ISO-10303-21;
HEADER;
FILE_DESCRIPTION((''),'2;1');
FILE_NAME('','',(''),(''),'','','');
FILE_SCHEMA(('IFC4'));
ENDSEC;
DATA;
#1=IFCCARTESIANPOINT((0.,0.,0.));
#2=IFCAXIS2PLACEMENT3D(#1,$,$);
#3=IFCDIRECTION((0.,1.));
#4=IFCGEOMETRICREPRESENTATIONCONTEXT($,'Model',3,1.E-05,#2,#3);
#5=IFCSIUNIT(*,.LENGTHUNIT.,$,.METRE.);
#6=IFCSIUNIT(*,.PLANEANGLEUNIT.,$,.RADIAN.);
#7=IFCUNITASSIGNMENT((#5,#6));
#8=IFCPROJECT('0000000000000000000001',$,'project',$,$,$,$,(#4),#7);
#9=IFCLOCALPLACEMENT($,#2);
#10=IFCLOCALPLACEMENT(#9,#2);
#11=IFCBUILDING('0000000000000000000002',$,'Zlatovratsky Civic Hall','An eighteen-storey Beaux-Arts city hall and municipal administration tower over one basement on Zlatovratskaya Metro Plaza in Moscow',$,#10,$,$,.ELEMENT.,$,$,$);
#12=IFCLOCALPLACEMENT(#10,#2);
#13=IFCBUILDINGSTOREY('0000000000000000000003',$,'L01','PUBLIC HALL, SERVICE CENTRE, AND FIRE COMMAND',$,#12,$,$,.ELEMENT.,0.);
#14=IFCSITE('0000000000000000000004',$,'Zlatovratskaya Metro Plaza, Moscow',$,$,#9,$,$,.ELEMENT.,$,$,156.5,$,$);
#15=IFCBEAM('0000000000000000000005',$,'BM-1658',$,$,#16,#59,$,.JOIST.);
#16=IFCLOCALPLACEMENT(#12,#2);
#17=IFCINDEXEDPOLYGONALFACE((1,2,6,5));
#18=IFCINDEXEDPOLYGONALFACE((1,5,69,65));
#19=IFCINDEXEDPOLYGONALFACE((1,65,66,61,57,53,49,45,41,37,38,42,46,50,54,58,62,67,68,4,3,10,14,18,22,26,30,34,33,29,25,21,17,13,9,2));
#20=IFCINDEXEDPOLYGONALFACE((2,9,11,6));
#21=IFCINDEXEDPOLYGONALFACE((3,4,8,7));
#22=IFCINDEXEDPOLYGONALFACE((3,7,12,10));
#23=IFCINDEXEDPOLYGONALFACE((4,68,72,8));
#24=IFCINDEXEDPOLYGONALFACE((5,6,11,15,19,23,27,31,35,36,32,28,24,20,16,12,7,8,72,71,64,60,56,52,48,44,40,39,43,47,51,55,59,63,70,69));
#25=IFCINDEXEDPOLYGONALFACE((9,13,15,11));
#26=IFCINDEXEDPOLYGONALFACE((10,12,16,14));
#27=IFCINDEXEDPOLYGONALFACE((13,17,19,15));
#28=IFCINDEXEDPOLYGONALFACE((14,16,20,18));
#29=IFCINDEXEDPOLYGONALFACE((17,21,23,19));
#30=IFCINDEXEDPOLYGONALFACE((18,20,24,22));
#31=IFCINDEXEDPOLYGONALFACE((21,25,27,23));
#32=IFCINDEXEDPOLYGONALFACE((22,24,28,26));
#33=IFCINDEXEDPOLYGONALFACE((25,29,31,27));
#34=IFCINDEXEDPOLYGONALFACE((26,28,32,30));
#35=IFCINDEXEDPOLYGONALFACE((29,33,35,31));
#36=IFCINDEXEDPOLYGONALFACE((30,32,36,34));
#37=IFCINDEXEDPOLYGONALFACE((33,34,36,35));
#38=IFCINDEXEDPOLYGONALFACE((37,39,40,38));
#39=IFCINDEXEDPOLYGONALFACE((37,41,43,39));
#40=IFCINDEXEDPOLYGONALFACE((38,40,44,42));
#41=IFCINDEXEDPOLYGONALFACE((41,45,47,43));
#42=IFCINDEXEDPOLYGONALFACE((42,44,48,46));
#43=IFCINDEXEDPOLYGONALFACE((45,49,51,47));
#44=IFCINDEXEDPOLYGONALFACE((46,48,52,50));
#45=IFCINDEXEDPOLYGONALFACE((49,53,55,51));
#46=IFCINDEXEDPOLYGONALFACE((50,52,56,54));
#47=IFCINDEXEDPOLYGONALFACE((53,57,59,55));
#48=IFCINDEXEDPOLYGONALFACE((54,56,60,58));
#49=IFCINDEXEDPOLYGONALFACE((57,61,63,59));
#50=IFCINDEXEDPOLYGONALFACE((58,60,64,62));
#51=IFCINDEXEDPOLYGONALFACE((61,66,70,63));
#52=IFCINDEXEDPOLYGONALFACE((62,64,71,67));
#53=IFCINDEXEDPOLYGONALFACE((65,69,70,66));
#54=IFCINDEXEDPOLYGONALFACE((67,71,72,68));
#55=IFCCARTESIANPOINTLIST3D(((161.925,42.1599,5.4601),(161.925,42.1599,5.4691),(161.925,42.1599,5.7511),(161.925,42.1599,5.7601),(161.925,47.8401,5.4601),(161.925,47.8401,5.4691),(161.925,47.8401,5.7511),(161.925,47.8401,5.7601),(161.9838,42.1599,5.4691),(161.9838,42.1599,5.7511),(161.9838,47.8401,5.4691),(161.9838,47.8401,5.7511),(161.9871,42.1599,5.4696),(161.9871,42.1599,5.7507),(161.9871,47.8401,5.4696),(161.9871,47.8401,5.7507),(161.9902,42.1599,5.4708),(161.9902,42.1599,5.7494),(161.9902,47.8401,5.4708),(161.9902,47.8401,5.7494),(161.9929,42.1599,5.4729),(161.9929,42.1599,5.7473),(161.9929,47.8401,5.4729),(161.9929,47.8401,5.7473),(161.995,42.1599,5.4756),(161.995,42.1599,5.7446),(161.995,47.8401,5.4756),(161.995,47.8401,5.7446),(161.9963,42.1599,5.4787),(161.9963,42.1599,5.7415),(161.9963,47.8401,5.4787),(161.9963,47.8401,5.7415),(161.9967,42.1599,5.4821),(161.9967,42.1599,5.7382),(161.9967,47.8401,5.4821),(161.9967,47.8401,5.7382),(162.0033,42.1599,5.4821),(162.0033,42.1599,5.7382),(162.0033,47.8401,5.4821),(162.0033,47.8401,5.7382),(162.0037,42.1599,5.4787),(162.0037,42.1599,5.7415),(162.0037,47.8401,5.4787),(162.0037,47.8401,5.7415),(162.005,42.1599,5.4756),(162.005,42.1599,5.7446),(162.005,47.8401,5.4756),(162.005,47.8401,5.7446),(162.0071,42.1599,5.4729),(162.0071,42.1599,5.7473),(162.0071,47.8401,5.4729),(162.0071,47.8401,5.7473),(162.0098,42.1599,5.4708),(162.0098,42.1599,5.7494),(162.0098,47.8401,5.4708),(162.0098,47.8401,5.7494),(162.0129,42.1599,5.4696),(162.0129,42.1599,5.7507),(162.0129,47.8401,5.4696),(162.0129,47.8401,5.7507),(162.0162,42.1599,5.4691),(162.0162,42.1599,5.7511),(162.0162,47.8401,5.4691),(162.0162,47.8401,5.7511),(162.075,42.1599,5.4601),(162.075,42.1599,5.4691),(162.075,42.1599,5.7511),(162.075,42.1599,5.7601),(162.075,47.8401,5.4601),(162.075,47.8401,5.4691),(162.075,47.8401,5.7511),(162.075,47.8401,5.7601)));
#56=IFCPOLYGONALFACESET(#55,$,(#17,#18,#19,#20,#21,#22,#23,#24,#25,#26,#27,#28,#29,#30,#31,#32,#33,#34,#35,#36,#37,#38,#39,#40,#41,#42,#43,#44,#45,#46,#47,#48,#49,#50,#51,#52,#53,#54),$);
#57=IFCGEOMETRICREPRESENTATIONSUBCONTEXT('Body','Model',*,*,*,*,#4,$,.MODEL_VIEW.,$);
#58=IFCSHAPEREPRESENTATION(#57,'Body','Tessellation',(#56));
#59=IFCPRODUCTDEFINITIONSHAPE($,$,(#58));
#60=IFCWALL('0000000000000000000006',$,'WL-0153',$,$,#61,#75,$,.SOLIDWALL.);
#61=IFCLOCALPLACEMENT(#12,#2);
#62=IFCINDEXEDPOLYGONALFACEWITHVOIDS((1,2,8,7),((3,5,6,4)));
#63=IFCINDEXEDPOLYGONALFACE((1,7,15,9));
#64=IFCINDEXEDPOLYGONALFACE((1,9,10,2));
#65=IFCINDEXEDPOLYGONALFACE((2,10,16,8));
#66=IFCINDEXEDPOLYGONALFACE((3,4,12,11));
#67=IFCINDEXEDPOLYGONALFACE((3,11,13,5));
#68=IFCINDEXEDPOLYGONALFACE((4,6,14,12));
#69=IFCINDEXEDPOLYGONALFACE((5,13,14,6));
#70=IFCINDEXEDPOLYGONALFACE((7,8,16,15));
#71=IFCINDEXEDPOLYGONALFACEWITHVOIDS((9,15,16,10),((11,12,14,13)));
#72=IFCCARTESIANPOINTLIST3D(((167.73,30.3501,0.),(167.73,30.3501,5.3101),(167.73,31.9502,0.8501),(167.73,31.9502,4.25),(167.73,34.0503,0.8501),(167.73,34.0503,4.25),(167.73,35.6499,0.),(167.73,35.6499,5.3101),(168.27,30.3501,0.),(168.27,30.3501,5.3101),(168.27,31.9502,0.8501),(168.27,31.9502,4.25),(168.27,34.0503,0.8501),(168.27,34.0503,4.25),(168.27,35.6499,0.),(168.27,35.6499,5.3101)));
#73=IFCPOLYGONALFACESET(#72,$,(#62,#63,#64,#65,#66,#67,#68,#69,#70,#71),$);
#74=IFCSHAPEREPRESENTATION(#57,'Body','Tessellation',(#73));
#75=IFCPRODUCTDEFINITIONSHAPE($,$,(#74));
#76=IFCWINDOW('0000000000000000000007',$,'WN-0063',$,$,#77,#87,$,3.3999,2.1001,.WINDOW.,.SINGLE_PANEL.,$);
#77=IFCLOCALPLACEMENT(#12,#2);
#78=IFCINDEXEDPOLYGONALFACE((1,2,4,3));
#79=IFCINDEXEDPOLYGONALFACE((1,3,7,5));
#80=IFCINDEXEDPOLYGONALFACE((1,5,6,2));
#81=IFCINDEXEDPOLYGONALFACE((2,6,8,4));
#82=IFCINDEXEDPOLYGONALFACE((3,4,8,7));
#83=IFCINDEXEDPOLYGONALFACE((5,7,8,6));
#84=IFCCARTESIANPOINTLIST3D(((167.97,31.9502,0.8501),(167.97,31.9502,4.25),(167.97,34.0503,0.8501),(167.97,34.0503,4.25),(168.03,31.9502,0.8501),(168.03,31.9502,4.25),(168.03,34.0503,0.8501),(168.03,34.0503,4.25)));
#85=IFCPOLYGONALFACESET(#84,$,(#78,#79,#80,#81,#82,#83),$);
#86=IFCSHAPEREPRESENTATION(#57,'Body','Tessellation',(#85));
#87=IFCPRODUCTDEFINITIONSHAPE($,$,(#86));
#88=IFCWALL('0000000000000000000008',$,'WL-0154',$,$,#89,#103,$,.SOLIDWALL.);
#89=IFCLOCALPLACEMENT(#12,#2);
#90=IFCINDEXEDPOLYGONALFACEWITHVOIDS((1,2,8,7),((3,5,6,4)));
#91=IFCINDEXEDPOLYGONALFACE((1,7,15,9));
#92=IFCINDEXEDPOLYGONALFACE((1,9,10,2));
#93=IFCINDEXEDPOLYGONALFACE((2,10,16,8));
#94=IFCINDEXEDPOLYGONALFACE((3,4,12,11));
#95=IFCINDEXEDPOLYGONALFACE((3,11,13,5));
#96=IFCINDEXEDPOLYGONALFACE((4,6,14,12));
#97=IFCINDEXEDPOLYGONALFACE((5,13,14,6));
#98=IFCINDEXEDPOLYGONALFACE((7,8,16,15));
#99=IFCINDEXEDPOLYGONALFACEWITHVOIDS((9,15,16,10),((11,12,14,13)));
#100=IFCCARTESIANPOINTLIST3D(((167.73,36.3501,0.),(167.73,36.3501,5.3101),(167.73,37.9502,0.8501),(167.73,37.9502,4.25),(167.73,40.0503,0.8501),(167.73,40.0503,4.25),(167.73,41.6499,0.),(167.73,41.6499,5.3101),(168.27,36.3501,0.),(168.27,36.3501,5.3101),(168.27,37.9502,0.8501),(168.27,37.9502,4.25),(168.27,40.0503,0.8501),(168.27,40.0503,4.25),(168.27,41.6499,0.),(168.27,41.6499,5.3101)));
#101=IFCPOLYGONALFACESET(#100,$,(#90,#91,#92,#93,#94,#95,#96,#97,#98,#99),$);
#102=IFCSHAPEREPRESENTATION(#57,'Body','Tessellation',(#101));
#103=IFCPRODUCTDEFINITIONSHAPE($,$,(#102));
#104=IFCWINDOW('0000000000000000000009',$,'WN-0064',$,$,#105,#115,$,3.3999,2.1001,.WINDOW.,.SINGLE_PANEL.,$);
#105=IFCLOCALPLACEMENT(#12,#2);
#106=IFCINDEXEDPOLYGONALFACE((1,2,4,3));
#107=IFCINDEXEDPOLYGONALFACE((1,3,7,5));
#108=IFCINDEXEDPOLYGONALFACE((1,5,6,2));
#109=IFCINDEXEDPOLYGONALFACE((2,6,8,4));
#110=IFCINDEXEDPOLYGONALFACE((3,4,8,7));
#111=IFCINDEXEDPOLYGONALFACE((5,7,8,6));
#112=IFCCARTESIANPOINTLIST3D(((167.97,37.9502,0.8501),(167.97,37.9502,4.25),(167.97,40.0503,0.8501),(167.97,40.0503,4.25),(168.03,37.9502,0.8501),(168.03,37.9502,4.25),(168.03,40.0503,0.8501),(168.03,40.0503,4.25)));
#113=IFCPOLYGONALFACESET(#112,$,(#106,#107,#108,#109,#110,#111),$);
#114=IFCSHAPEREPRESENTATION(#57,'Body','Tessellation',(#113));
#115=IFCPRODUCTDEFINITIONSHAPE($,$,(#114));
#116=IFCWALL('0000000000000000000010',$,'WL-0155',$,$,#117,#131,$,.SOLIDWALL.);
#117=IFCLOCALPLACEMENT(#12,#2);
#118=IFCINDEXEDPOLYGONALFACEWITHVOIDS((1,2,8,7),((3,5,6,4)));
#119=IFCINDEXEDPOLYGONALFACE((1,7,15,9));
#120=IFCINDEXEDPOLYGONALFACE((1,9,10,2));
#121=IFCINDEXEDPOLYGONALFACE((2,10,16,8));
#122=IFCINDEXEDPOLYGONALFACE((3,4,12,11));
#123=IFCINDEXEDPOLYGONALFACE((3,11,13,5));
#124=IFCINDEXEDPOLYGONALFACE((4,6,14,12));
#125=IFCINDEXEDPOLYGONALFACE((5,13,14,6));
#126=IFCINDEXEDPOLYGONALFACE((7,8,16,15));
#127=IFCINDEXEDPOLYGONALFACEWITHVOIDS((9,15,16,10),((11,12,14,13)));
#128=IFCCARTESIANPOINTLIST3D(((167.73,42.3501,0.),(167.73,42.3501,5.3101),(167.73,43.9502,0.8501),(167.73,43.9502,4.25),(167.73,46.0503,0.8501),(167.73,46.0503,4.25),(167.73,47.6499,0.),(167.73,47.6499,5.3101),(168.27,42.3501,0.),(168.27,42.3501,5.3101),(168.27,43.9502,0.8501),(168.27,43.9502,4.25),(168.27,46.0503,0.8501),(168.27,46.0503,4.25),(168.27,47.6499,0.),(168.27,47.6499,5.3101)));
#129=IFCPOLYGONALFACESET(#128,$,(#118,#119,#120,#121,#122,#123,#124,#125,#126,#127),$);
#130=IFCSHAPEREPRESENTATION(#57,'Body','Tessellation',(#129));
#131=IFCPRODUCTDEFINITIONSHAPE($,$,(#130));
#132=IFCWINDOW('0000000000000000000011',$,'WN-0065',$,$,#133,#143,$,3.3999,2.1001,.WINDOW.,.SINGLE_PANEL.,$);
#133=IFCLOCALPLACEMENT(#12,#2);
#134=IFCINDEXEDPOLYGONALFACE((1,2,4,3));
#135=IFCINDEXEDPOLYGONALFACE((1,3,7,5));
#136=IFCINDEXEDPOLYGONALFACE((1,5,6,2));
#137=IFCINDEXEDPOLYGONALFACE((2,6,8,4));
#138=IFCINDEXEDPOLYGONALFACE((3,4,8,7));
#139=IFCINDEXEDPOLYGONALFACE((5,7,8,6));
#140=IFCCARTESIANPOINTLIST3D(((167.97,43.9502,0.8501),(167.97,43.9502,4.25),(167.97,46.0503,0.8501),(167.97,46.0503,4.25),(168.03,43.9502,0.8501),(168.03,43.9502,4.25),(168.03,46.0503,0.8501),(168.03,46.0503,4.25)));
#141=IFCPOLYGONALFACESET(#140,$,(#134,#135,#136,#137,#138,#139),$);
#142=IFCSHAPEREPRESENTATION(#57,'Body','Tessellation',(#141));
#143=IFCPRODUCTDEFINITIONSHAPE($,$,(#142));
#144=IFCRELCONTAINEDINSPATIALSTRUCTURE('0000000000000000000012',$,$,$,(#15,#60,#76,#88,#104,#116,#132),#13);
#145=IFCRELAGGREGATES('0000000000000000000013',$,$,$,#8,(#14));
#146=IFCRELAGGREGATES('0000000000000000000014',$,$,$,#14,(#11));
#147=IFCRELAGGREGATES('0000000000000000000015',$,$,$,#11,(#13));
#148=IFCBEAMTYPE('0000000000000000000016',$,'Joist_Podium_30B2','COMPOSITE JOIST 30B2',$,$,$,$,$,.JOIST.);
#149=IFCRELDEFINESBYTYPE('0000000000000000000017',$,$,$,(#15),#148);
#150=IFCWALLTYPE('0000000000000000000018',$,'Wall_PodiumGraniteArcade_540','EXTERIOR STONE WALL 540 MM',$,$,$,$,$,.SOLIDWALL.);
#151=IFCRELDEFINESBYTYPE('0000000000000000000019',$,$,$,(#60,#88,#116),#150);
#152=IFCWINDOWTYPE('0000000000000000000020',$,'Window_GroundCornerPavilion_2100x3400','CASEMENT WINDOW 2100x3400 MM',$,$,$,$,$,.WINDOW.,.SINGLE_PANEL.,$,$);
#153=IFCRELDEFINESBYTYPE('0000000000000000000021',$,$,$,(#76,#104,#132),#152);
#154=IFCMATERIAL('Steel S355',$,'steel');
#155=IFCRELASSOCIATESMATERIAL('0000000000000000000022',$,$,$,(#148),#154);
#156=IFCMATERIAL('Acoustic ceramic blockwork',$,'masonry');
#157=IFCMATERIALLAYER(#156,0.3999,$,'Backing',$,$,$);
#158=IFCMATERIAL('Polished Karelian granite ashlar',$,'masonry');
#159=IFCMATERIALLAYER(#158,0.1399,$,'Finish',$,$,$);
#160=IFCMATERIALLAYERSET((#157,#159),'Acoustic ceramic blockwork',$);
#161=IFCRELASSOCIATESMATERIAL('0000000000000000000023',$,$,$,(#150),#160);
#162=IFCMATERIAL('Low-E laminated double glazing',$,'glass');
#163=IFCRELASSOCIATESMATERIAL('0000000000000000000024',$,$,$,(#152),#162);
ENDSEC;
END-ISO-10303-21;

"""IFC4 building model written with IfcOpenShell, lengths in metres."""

from ifc_helpers import new_model, si_unit, direction, frame, frame_2d, origin, origin_2d, place, context, subcontext, project, spatial, rectangle, i_section, extrude, material, layer, layer_set, material_profile, profile_set, type_object, element, fill, save


model = new_model("IFC4")

# Units and contexts
model_context = context("Model", 3, precision=1e-05, world=origin(), true_north=direction((0.0, 1.0)))
body_context = subcontext(model_context, "Body", "Model", "MODEL_VIEW")
ifc_project = project(units=[si_unit("LENGTHUNIT", "METRE"), si_unit("PLANEANGLEUNIT", "RADIAN")], contexts=[model_context])

# Site, building, storey
site_placement = place(None, origin())
site = spatial("IfcSite", under=ifc_project, at=site_placement, Name="Zlatovratskaya Metro Plaza, Moscow", CompositionType="ELEMENT", RefElevation=156.5)
building_placement = place(site_placement, origin())
building = spatial("IfcBuilding", under=site, at=building_placement, Name="Zlatovratsky Civic Hall", Description="An eighteen-storey Beaux-Arts city hall and municipal administration tower over one basement on Zlatovratskaya Metro Plaza in Moscow", CompositionType="ELEMENT")
storey_placement = place(building_placement, origin())
storey = spatial("IfcBuildingStorey", under=building, at=storey_placement, Name="L01", Description="PUBLIC HALL, SERVICE CENTRE, AND FIRE COMMAND", CompositionType="ELEMENT", Elevation=0.0)

# Shared definitions
ifc_material_1 = material(Name="Steel S355", Category="steel")

# Beam
ifc_material_profile_1 = material_profile(ifc_material_1, i_section(OverallWidth=0.1499, OverallDepth=0.3, WebThickness=0.0066, FlangeThickness=0.009, FilletRadius=0.0129, at=origin_2d()), Name="30B2")
ifc_profile_set_1 = profile_set([ifc_material_profile_1], Name="Steel S355")
beam_type_1 = type_object("IfcBeamType", Name="Joist_Podium_30B2", Description="COMPOSITE JOIST 30B2", PredefinedType="JOIST", material=ifc_profile_set_1)
for number, where, z_axis, x_axis, name in (
    (1, (162.0, 42.1599, 5.6101), (0.0, 1.0, 0.0), (-1.0, 0.0, 0.0), "BM-1658"),
):
    element("IfcBeam", number, at=place(storey_placement, frame(where, z_axis=z_axis, x_axis=x_axis)), inside=storey, type_object=beam_type_1, Name=name, PredefinedType="JOIST", context=body_context, shape_type="SweptSolid", body=[
        extrude(i_section(OverallWidth=0.1499, OverallDepth=0.3, WebThickness=0.0066, FlangeThickness=0.009, FilletRadius=0.0129, at=origin_2d()), origin(), (0.0, 0.0, 1.0), 5.6802),
    ])

# Walls, openings, windows
ifc_material_2 = material(Name="Acoustic ceramic blockwork", Category="masonry")
ifc_layer_1 = layer(ifc_material_2, 0.3999, Name="Backing")
ifc_material_3 = material(Name="Polished Karelian granite ashlar", Category="masonry")
ifc_layer_2 = layer(ifc_material_3, 0.1399, Name="Finish")
ifc_layer_set = layer_set([ifc_layer_1, ifc_layer_2], Name="Acoustic ceramic blockwork")
wall_type = type_object("IfcWallType", Name="Wall_PodiumGraniteArcade_540", Description="EXTERIOR STONE WALL 540 MM", PredefinedType="SOLIDWALL", material=ifc_layer_set)
wall_1_placement = place(storey_placement, frame((168.0, 30.3501, 0.0), z_axis=(0.0, 0.0, 1.0), x_axis=(0.0, 1.0, 0.0)))
wall_1 = element("IfcWall", 2, at=wall_1_placement, inside=storey, type_object=wall_type, Name="WL-0153", PredefinedType="SOLIDWALL", context=body_context, shape_type="SweptSolid", body=[
    extrude(rectangle(XDim=5.2998, YDim=0.54, at=frame_2d((2.6499, 0.0))), origin(), (0.0, 0.0, 1.0), 5.3101),
])
opening_1_placement = place(wall_1_placement, frame((1.6001, 0.0, 0.8501)))
opening_1 = element("IfcOpeningElement", 3, at=opening_1_placement, cuts=wall_1, PredefinedType="OPENING", context=body_context, shape_type="SweptSolid", body=[
    extrude(rectangle(XDim=2.1001, YDim=3.3999, at=frame_2d((1.05, 1.7))), frame((0.0, 0.2849, 0.0), z_axis=(0.0, -1.0, 0.0), x_axis=(1.0, 0.0, 0.0)), (0.0, 0.0, 1.0), 0.5698),
])
ifc_material_4 = material(Name="Low-E laminated double glazing", Category="glass")
window_type = type_object("IfcWindowType", Name="Window_GroundCornerPavilion_2100x3400", Description="CASEMENT WINDOW 2100x3400 MM", PartitioningType="SINGLE_PANEL", PredefinedType="WINDOW", material=ifc_material_4)
window_1_placement = place(opening_1_placement, origin())
window_1 = element("IfcWindow", 4, at=window_1_placement, inside=storey, type_object=window_type, Name="WN-0063", OverallHeight=3.3999, OverallWidth=2.1001, PartitioningType="SINGLE_PANEL", PredefinedType="WINDOW", context=body_context, shape_type="SweptSolid", body=[
    extrude(rectangle(XDim=2.1001, YDim=3.3999, at=frame_2d((1.05, 1.7))), frame((0.0, 0.03, 0.0), z_axis=(0.0, -1.0, 0.0), x_axis=(1.0, 0.0, 0.0)), (0.0, 0.0, 1.0), 0.0601),
])
fill(opening_1, window_1)
wall_2_placement = place(storey_placement, frame((168.0, 36.3501, 0.0), z_axis=(0.0, 0.0, 1.0), x_axis=(0.0, 1.0, 0.0)))
wall_2 = element("IfcWall", 5, at=wall_2_placement, inside=storey, type_object=wall_type, Name="WL-0154", PredefinedType="SOLIDWALL", context=body_context, shape_type="SweptSolid", body=[
    extrude(rectangle(XDim=5.2998, YDim=0.54, at=frame_2d((2.6499, 0.0))), origin(), (0.0, 0.0, 1.0), 5.3101),
])
opening_2_placement = place(wall_2_placement, frame((1.6001, 0.0, 0.8501)))
opening_2 = element("IfcOpeningElement", 6, at=opening_2_placement, cuts=wall_2, PredefinedType="OPENING", context=body_context, shape_type="SweptSolid", body=[
    extrude(rectangle(XDim=2.1001, YDim=3.3999, at=frame_2d((1.05, 1.7))), frame((0.0, 0.2849, 0.0), z_axis=(0.0, -1.0, 0.0), x_axis=(1.0, 0.0, 0.0)), (0.0, 0.0, 1.0), 0.5698),
])
window_2_placement = place(opening_2_placement, origin())
window_2 = element("IfcWindow", 7, at=window_2_placement, inside=storey, type_object=window_type, Name="WN-0064", OverallHeight=3.3999, OverallWidth=2.1001, PartitioningType="SINGLE_PANEL", PredefinedType="WINDOW", context=body_context, shape_type="SweptSolid", body=[
    extrude(rectangle(XDim=2.1001, YDim=3.3999, at=frame_2d((1.05, 1.7))), frame((0.0, 0.03, 0.0), z_axis=(0.0, -1.0, 0.0), x_axis=(1.0, 0.0, 0.0)), (0.0, 0.0, 1.0), 0.0601),
])
fill(opening_2, window_2)
wall_3_placement = place(storey_placement, frame((168.0, 42.3501, 0.0), z_axis=(0.0, 0.0, 1.0), x_axis=(0.0, 1.0, 0.0)))
wall_3 = element("IfcWall", 8, at=wall_3_placement, inside=storey, type_object=wall_type, Name="WL-0155", PredefinedType="SOLIDWALL", context=body_context, shape_type="SweptSolid", body=[
    extrude(rectangle(XDim=5.2998, YDim=0.54, at=frame_2d((2.6499, 0.0))), origin(), (0.0, 0.0, 1.0), 5.3101),
])
opening_3_placement = place(wall_3_placement, frame((1.6001, 0.0, 0.8501)))
opening_3 = element("IfcOpeningElement", 9, at=opening_3_placement, cuts=wall_3, PredefinedType="OPENING", context=body_context, shape_type="SweptSolid", body=[
    extrude(rectangle(XDim=2.1001, YDim=3.3999, at=frame_2d((1.05, 1.7))), frame((0.0, 0.2849, 0.0), z_axis=(0.0, -1.0, 0.0), x_axis=(1.0, 0.0, 0.0)), (0.0, 0.0, 1.0), 0.5698),
])
window_3_placement = place(opening_3_placement, origin())
window_3 = element("IfcWindow", 10, at=window_3_placement, inside=storey, type_object=window_type, Name="WN-0065", OverallHeight=3.3999, OverallWidth=2.1001, PartitioningType="SINGLE_PANEL", PredefinedType="WINDOW", context=body_context, shape_type="SweptSolid", body=[
    extrude(rectangle(XDim=2.1001, YDim=3.3999, at=frame_2d((1.05, 1.7))), frame((0.0, 0.03, 0.0), z_axis=(0.0, -1.0, 0.0), x_axis=(1.0, 0.0, 0.0)), (0.0, 0.0, 1.0), 0.0601),
])
fill(opening_3, window_3)

save(model, "model.ifc")
